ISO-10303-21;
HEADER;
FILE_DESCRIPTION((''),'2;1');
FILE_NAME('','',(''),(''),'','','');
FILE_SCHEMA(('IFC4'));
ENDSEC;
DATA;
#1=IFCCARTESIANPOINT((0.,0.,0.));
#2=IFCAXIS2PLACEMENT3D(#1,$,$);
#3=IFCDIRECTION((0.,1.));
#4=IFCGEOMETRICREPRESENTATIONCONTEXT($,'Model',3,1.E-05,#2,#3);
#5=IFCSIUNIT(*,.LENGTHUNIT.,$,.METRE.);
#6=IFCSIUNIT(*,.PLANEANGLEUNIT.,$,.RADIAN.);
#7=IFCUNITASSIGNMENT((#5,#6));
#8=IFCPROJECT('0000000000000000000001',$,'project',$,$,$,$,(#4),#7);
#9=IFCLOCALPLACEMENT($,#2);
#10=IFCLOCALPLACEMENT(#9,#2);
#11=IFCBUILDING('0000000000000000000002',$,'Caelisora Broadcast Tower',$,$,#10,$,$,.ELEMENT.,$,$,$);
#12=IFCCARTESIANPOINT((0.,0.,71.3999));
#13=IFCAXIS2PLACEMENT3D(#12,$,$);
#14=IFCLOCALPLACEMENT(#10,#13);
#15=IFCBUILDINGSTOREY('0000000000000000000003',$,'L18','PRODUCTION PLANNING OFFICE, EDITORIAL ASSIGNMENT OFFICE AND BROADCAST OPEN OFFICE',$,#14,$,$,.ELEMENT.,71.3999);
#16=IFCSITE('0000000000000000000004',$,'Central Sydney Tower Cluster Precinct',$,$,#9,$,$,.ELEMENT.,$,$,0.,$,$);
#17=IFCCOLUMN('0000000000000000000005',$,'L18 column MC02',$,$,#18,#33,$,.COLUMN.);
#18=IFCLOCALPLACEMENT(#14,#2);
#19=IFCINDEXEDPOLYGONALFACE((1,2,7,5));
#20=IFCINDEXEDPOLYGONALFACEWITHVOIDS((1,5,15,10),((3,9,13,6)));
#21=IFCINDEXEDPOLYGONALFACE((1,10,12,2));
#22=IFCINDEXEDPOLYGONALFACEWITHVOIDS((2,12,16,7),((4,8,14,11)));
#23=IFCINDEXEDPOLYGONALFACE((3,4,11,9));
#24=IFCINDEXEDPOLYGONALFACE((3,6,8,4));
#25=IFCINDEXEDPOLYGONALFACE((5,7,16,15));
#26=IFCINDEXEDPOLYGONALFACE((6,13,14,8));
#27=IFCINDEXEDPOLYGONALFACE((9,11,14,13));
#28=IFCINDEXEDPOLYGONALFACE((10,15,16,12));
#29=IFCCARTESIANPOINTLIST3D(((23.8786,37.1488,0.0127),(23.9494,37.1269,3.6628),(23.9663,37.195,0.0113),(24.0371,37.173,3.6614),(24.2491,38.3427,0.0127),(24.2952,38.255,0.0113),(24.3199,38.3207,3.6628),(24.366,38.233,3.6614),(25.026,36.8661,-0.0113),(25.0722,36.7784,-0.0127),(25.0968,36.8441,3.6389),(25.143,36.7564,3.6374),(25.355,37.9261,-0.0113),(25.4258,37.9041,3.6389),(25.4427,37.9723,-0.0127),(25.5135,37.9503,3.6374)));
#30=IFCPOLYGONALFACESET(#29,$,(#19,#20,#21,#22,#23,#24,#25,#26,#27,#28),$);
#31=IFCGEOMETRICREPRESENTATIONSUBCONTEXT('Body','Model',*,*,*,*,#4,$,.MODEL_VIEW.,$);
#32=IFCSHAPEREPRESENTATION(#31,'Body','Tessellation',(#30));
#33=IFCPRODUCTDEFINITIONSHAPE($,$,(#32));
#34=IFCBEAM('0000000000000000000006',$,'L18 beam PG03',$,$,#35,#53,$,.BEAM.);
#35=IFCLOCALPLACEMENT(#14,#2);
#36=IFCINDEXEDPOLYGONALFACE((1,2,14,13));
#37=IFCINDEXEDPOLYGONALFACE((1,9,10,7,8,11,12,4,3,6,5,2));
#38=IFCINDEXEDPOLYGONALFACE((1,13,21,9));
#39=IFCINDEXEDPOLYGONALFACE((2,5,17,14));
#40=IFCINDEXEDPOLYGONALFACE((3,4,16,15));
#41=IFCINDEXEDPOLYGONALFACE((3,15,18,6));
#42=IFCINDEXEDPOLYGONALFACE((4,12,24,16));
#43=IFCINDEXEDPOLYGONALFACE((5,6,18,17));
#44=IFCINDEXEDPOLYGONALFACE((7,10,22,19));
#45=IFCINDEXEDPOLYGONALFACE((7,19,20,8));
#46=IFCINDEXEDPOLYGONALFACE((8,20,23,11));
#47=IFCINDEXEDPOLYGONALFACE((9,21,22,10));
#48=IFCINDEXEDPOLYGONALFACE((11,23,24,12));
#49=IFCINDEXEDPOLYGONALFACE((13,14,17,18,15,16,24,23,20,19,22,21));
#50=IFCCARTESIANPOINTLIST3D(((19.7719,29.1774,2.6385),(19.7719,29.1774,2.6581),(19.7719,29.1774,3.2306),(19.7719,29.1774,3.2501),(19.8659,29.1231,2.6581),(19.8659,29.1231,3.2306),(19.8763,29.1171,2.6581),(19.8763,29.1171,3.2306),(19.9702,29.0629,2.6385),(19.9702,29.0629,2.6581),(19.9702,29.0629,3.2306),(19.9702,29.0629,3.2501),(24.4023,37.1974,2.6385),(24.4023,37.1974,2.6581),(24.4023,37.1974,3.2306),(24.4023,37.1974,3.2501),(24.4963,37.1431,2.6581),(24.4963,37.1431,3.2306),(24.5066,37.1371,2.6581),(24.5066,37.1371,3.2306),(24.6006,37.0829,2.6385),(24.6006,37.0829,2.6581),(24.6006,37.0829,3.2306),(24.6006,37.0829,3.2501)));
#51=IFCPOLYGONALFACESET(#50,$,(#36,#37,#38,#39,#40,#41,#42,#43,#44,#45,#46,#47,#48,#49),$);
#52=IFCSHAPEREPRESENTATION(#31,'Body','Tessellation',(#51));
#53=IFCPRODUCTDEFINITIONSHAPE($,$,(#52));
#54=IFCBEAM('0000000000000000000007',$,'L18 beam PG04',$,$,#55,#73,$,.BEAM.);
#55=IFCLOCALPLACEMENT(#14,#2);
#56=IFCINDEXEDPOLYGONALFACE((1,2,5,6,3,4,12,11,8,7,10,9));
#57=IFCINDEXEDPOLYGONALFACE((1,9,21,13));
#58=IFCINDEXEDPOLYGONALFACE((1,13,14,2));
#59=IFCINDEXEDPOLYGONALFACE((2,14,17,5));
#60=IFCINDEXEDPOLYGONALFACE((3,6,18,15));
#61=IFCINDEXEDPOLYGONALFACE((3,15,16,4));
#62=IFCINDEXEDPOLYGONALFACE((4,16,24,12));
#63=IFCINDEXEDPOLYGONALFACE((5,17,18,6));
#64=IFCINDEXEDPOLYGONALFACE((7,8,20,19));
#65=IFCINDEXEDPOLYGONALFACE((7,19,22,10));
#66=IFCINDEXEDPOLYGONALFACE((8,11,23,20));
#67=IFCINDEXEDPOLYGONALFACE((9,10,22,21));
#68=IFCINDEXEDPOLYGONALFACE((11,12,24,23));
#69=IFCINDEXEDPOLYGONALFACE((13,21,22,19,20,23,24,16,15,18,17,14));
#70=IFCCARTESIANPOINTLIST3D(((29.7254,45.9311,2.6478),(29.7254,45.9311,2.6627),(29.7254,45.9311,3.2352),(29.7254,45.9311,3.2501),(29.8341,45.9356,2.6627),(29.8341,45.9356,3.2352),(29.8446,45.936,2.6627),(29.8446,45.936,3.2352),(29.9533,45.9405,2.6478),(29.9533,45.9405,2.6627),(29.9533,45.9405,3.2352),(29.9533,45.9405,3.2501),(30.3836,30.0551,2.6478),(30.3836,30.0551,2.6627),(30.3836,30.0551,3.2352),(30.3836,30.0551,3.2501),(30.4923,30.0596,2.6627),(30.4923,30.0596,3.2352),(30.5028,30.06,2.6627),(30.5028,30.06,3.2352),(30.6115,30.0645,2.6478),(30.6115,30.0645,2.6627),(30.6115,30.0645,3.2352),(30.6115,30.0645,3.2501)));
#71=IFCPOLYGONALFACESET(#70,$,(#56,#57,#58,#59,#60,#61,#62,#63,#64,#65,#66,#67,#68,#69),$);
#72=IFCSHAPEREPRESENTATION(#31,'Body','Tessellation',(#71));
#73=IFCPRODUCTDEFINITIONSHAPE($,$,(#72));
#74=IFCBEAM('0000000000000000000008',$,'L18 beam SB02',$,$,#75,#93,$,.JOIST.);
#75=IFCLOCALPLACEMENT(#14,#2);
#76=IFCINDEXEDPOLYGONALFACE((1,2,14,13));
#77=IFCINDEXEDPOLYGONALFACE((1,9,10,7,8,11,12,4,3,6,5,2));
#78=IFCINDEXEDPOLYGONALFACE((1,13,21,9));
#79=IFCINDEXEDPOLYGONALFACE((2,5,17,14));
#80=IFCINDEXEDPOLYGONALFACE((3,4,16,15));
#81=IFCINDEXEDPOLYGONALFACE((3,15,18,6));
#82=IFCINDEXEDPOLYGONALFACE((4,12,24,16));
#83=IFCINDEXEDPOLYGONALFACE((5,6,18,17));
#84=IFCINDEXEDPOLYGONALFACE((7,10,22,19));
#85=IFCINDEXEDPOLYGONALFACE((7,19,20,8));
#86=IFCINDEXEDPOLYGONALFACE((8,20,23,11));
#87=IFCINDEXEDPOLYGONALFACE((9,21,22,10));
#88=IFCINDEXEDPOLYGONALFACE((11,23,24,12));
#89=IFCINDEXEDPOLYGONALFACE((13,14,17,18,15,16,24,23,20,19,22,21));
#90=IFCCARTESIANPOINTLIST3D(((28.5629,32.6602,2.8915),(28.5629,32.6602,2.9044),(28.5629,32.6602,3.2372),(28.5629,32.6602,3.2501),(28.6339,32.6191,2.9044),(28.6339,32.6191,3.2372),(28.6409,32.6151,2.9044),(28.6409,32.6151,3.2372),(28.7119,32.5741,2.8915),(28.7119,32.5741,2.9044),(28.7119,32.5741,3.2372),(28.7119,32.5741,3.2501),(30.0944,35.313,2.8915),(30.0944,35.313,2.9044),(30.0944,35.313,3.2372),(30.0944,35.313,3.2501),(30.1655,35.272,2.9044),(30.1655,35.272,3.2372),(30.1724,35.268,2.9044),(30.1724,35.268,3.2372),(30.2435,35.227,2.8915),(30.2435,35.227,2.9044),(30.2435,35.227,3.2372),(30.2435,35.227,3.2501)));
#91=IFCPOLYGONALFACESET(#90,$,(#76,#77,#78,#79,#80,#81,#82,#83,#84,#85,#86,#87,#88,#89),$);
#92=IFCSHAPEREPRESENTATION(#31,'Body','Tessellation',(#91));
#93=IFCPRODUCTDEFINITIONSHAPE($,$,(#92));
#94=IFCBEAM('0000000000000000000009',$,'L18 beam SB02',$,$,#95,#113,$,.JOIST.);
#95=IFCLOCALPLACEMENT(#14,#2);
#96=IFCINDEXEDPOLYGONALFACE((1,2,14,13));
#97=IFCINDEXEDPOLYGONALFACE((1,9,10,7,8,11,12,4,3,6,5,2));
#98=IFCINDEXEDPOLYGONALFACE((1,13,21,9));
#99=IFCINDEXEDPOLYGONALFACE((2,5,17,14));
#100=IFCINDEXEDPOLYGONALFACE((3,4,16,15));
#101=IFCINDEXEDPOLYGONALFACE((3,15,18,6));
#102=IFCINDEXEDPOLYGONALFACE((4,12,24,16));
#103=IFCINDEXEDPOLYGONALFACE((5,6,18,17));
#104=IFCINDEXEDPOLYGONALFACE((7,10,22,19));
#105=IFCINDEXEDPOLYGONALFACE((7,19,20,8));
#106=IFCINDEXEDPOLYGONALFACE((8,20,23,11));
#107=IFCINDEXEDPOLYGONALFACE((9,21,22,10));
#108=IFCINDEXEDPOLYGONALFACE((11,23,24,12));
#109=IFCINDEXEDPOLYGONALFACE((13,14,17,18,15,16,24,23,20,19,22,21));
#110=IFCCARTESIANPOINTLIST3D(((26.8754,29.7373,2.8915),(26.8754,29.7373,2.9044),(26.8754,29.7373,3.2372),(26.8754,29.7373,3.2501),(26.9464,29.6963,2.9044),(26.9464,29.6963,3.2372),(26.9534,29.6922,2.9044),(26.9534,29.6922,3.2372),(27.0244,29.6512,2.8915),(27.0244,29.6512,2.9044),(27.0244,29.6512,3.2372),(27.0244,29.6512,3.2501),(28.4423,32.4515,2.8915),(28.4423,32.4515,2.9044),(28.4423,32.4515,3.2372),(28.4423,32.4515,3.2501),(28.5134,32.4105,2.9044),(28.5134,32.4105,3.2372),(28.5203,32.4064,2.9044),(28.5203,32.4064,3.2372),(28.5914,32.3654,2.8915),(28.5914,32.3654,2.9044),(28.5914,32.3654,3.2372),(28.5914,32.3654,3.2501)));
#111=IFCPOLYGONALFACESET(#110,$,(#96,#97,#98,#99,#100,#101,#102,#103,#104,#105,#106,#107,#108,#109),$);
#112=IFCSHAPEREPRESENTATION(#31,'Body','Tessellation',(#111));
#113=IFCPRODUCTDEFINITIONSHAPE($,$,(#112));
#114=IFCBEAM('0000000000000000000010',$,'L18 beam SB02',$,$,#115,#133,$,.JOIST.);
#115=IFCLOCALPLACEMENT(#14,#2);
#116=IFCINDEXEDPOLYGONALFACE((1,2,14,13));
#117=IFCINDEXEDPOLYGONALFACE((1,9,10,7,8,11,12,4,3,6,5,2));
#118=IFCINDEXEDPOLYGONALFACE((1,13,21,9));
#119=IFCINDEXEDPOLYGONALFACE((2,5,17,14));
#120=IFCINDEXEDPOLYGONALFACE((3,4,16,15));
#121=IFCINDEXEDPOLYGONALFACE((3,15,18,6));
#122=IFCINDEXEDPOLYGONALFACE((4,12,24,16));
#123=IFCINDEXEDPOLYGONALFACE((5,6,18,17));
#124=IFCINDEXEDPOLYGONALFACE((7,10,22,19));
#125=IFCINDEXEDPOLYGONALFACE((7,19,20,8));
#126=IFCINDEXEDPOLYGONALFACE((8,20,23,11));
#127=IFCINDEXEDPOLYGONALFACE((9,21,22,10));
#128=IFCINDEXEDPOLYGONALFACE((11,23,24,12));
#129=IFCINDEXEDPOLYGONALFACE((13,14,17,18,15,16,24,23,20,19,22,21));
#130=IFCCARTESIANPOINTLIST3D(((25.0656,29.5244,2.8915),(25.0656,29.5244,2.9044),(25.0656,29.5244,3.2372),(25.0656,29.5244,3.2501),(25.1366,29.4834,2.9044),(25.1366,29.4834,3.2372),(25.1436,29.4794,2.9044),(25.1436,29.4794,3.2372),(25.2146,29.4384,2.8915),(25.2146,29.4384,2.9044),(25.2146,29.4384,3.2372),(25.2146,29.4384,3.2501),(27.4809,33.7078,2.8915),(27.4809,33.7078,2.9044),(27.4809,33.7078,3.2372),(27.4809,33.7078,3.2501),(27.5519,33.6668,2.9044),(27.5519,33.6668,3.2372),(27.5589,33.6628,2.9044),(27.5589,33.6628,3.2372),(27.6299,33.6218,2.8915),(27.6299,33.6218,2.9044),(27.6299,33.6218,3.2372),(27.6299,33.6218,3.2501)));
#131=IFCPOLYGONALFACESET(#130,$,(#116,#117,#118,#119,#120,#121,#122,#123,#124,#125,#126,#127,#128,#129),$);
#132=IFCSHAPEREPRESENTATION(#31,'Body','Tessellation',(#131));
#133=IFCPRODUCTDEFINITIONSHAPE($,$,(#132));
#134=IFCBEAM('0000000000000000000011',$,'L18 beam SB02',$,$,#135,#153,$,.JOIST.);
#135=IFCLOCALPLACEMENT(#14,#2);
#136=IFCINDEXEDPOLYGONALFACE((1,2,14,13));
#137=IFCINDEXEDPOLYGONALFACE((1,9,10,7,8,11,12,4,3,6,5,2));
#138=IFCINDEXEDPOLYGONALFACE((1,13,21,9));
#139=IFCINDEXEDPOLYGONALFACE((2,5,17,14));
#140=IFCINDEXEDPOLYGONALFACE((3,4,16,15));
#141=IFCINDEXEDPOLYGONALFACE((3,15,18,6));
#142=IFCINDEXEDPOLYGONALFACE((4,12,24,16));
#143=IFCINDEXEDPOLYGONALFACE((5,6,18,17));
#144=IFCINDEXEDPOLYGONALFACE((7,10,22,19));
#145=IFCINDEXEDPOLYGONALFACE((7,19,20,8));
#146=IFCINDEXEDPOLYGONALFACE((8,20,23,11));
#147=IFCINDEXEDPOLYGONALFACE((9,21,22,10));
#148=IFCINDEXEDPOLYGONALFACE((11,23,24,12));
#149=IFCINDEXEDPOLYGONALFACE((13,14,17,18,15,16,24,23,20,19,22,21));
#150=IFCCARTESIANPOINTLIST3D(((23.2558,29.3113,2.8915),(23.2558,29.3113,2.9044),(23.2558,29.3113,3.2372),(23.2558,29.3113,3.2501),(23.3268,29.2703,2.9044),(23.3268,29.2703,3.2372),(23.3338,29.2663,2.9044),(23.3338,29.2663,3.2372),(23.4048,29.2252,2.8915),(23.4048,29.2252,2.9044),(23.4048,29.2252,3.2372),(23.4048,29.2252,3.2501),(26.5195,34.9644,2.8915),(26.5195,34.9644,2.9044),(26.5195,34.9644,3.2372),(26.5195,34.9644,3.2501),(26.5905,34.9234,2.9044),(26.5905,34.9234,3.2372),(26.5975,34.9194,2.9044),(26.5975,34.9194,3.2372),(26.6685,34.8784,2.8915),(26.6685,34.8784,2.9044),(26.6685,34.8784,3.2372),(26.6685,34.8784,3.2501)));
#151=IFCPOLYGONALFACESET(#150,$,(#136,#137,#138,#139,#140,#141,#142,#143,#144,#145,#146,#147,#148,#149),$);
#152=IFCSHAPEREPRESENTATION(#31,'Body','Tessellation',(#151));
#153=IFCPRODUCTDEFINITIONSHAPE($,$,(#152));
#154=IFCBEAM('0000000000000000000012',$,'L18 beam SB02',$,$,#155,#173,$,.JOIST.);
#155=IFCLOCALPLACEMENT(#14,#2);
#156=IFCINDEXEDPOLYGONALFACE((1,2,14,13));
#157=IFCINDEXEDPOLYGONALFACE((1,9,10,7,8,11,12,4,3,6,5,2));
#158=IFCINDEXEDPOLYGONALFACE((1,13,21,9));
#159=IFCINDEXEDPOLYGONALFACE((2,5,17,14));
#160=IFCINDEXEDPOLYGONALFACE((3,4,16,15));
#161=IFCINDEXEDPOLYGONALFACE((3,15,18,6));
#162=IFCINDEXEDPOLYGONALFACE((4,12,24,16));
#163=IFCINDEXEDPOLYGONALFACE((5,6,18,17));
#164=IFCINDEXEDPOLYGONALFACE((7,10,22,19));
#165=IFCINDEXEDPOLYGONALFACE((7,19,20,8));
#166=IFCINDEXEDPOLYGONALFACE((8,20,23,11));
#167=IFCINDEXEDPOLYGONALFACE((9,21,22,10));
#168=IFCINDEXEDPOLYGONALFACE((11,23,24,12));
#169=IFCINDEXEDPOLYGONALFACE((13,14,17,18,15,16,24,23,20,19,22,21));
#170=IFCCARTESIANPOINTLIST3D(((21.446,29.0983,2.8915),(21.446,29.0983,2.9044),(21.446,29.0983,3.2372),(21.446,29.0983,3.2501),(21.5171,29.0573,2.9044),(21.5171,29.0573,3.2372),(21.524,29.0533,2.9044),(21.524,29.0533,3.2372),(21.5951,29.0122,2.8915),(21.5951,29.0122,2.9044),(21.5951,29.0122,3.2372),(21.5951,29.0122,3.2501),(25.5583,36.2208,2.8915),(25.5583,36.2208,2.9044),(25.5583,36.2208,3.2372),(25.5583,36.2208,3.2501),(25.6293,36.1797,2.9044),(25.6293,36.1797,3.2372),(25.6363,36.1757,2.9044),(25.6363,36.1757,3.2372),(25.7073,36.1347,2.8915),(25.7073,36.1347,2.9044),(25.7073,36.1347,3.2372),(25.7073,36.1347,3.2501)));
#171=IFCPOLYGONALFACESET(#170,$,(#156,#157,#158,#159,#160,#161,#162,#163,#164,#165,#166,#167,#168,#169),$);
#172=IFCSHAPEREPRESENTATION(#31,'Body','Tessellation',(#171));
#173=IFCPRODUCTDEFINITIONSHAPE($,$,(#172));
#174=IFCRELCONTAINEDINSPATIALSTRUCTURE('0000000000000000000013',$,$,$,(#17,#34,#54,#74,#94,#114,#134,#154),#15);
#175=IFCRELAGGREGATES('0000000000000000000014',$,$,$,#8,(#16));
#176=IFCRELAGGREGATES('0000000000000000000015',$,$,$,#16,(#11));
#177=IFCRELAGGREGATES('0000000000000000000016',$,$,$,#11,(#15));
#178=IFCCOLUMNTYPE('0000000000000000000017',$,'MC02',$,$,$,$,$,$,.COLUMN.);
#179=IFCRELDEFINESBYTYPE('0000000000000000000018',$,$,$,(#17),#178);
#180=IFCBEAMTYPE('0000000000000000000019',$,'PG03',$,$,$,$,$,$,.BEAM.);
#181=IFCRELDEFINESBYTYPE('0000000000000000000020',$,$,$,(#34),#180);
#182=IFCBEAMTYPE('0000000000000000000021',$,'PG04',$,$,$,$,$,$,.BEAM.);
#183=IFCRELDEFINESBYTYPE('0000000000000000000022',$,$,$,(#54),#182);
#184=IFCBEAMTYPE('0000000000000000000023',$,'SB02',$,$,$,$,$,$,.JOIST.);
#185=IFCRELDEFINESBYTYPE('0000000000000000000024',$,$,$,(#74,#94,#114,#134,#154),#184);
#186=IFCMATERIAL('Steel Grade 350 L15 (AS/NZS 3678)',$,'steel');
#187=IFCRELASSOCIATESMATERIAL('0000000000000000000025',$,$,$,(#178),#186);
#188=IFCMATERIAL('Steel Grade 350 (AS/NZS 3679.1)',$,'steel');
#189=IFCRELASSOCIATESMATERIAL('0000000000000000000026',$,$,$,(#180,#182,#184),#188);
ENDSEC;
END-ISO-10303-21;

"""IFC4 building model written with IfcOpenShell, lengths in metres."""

from ifc_helpers import new_model, si_unit, direction, frame, origin, origin_2d, place, context, subcontext, project, spatial, hollow_rectangle, i_section, extrude, source, transform, mapped, material, material_profile, profile_set, type_object, type_shapes, element, save


model = new_model("IFC4")

# Units and contexts
model_context = context("Model", 3, precision=1e-05, world=origin(), true_north=direction((0.0, 1.0)))
body_context = subcontext(model_context, "Body", "Model", "MODEL_VIEW")
ifc_project = project(units=[si_unit("LENGTHUNIT", "METRE"), si_unit("PLANEANGLEUNIT", "RADIAN")], contexts=[model_context])

# Site, building, storey
site_placement = place(None, origin())
site = spatial("IfcSite", under=ifc_project, at=site_placement, Name="Central Sydney Tower Cluster Precinct", CompositionType="ELEMENT", RefElevation=0.0)
building_placement = place(site_placement, origin())
building = spatial("IfcBuilding", under=site, at=building_placement, Name="Caelisora Broadcast Tower", CompositionType="ELEMENT")
storey_placement = place(building_placement, frame((0.0, 0.0, 71.3999)))
storey = spatial("IfcBuildingStorey", under=building, at=storey_placement, Name="L18", Description="PRODUCTION PLANNING OFFICE, EDITORIAL ASSIGNMENT OFFICE AND BROADCAST OPEN OFFICE", CompositionType="ELEMENT", Elevation=71.3999)

# Column
ifc_material_1 = material(Name="Steel Grade 350 L15 (AS/NZS 3678)", Category="steel")
ifc_material_profile_1 = material_profile(ifc_material_1, hollow_rectangle(XDim=1.25, YDim=1.25, WallThickness=0.0701, at=origin_2d()), Name="Steel Grade 350 L15 (AS/NZS 3678)")
ifc_profile_set_1 = profile_set([ifc_material_profile_1], Name="Steel Grade 350 L15 (AS/NZS 3678)")
column_type = type_object("IfcColumnType", Name="MC02", PredefinedType="COLUMN", material=ifc_profile_set_1)
shared_shape_1 = source(origin(), body_context, "Body", "SweptSolid", [
    extrude(hollow_rectangle(XDim=1.25, YDim=1.25, WallThickness=0.0701, at=origin_2d()), origin(), (0.0, 0.0, 1.0), 3.6509),
])
type_shapes(column_type, [shared_shape_1])
column_placement = place(storey_placement, frame((24.6606, 37.5605, 0.0), z_axis=(0.019393, -0.006018, 0.999794), x_axis=(0.296399, 0.955064, 0.0)))
element("IfcColumn", 1, at=column_placement, inside=storey, type_object=column_type, Name="L18 column MC02", PredefinedType="COLUMN", context=body_context, shape_type="MappedRepresentation", body=[
    mapped(shared_shape_1, transform((0.0, 0.0, 0.0), scale=1.0)),
])

# Beams
ifc_material_2 = material(Name="Steel Grade 350 (AS/NZS 3679.1)", Category="steel")
ifc_material_profile_2 = material_profile(ifc_material_2, i_section(OverallWidth=0.229, OverallDepth=0.6116, WebThickness=0.012, FlangeThickness=0.0195, at=origin_2d()), Name="Steel Grade 350 (AS/NZS 3679.1)")
ifc_profile_set_2 = profile_set([ifc_material_profile_2], Name="Steel Grade 350 (AS/NZS 3679.1)")
beam_type_1 = type_object("IfcBeamType", Name="PG03", PredefinedType="BEAM", material=ifc_profile_set_2)
shared_shape_2 = source(origin(), body_context, "Body", "SweptSolid", [
    extrude(i_section(OverallWidth=0.229, OverallDepth=0.6116, WebThickness=0.012, FlangeThickness=0.0195, at=origin_2d()), origin(), (0.0, 0.0, 1.0), 9.2607),
])
type_shapes(beam_type_1, [shared_shape_2])
beam_1_placement = place(storey_placement, frame((24.5015, 37.1401, 2.9443), z_axis=(-0.500001, -0.866025, 0.0), x_axis=(0.866025, -0.500001, 0.0)))
element("IfcBeam", 2, at=beam_1_placement, inside=storey, type_object=beam_type_1, Name="L18 beam PG03", PredefinedType="BEAM", context=body_context, shape_type="MappedRepresentation", body=[
    mapped(shared_shape_2, transform((0.0, 0.0, 0.0), scale=1.0)),
])
ifc_material_profile_3 = material_profile(ifc_material_2, i_section(OverallWidth=0.228, OverallDepth=0.6023, WebThickness=0.0105, FlangeThickness=0.0149, at=origin_2d()), Name="Steel Grade 350 (AS/NZS 3679.1)")
ifc_profile_set_3 = profile_set([ifc_material_profile_3], Name="Steel Grade 350 (AS/NZS 3679.1)")
beam_type_2 = type_object("IfcBeamType", Name="PG04", PredefinedType="BEAM", material=ifc_profile_set_3)
shared_shape_3 = source(origin(), body_context, "Body", "SweptSolid", [
    extrude(i_section(OverallWidth=0.228, OverallDepth=0.6023, WebThickness=0.0105, FlangeThickness=0.0149, at=origin_2d()), origin(), (0.0, 0.0, 1.0), 15.8896),
])
type_shapes(beam_type_2, [shared_shape_3])
beam_2_placement = place(storey_placement, frame((30.4976, 30.0598, 2.949), z_axis=(-0.041423, 0.999142, 0.0), x_axis=(-0.999142, -0.041423, 0.0)))
element("IfcBeam", 3, at=beam_2_placement, inside=storey, type_object=beam_type_2, Name="L18 beam PG04", PredefinedType="BEAM", context=body_context, shape_type="MappedRepresentation", body=[
    mapped(shared_shape_3, transform((0.0, 0.0, 0.0), scale=1.0)),
])
ifc_material_profile_4 = material_profile(ifc_material_2, i_section(OverallWidth=0.1721, OverallDepth=0.3586, WebThickness=0.0081, FlangeThickness=0.0129, at=origin_2d()), Name="Steel Grade 350 (AS/NZS 3679.1)")
ifc_profile_set_4 = profile_set([ifc_material_profile_4], Name="Steel Grade 350 (AS/NZS 3679.1)")
beam_type_3 = type_object("IfcBeamType", Name="SB02", PredefinedType="JOIST", material=ifc_profile_set_4)
shared_shape_4 = source(origin(), body_context, "Body", "SweptSolid", [
    extrude(i_section(OverallWidth=0.1721, OverallDepth=0.3586, WebThickness=0.0081, FlangeThickness=0.0129, at=origin_2d()), origin(), (0.0, 0.0, 1.0), 3.0632),
])
beam_3_placement = place(storey_placement, frame((30.1689, 35.27, 3.0708), z_axis=(-0.499971, -0.866042, 0.0), x_axis=(0.866042, -0.499971, 0.0)))
element("IfcBeam", 4, at=beam_3_placement, inside=storey, type_object=beam_type_3, Name="L18 beam SB02", PredefinedType="JOIST", context=body_context, shape_type="MappedRepresentation", body=[
    mapped(shared_shape_4, transform((0.0, 0.0, 0.0), scale=1.0)),
])
shared_shape_5 = source(origin(), body_context, "Body", "SweptSolid", [
    extrude(i_section(OverallWidth=0.1721, OverallDepth=0.3586, WebThickness=0.0081, FlangeThickness=0.0129, at=origin_2d()), origin(), (0.0, 0.0, 1.0), 3.134),
])
beam_4_placement = place(storey_placement, frame((28.5168, 32.4084, 3.0708), z_axis=(-0.499976, -0.866039, 0.0), x_axis=(0.866039, -0.499976, 0.0)))
element("IfcBeam", 5, at=beam_4_placement, inside=storey, type_object=beam_type_3, Name="L18 beam SB02", PredefinedType="JOIST", context=body_context, shape_type="MappedRepresentation", body=[
    mapped(shared_shape_5, transform((0.0, 0.0, 0.0), scale=1.0)),
])
shared_shape_6 = source(origin(), body_context, "Body", "SweptSolid", [
    extrude(i_section(OverallWidth=0.1721, OverallDepth=0.3586, WebThickness=0.0081, FlangeThickness=0.0129, at=origin_2d()), origin(), (0.0, 0.0, 1.0), 4.8306),
])
beam_5_placement = place(storey_placement, frame((27.5554, 33.6648, 3.0708), z_axis=(-0.500004, -0.866023, 0.0), x_axis=(0.866023, -0.500004, 0.0)))
element("IfcBeam", 6, at=beam_5_placement, inside=storey, type_object=beam_type_3, Name="L18 beam SB02", PredefinedType="JOIST", context=body_context, shape_type="MappedRepresentation", body=[
    mapped(shared_shape_6, transform((0.0, 0.0, 0.0), scale=1.0)),
])
shared_shape_7 = source(origin(), body_context, "Body", "SweptSolid", [
    extrude(i_section(OverallWidth=0.1721, OverallDepth=0.3586, WebThickness=0.0081, FlangeThickness=0.0129, at=origin_2d()), origin(), (0.0, 0.0, 1.0), 6.5276),
])
beam_6_placement = place(storey_placement, frame((26.594, 34.9214, 3.0708), z_axis=(-0.499985, -0.866034, 0.0), x_axis=(0.866034, -0.499985, 0.0)))
element("IfcBeam", 7, at=beam_6_placement, inside=storey, type_object=beam_type_3, Name="L18 beam SB02", PredefinedType="JOIST", context=body_context, shape_type="MappedRepresentation", body=[
    mapped(shared_shape_7, transform((0.0, 0.0, 0.0), scale=1.0)),
])
shared_shape_8 = source(origin(), body_context, "Body", "SweptSolid", [
    extrude(i_section(OverallWidth=0.1721, OverallDepth=0.3586, WebThickness=0.0081, FlangeThickness=0.0129, at=origin_2d()), origin(), (0.0, 0.0, 1.0), 8.2244),
])
type_shapes(beam_type_3, [shared_shape_4, shared_shape_5, shared_shape_6, shared_shape_7, shared_shape_8])
beam_7_placement = place(storey_placement, frame((25.6328, 36.1777, 3.0708), z_axis=(-0.500009, -0.86602, 0.0), x_axis=(0.86602, -0.500009, 0.0)))
element("IfcBeam", 8, at=beam_7_placement, inside=storey, type_object=beam_type_3, Name="L18 beam SB02", PredefinedType="JOIST", context=body_context, shape_type="MappedRepresentation", body=[
    mapped(shared_shape_8, transform((0.0, 0.0, 0.0), scale=1.0)),
])

save(model, "model.ifc")
